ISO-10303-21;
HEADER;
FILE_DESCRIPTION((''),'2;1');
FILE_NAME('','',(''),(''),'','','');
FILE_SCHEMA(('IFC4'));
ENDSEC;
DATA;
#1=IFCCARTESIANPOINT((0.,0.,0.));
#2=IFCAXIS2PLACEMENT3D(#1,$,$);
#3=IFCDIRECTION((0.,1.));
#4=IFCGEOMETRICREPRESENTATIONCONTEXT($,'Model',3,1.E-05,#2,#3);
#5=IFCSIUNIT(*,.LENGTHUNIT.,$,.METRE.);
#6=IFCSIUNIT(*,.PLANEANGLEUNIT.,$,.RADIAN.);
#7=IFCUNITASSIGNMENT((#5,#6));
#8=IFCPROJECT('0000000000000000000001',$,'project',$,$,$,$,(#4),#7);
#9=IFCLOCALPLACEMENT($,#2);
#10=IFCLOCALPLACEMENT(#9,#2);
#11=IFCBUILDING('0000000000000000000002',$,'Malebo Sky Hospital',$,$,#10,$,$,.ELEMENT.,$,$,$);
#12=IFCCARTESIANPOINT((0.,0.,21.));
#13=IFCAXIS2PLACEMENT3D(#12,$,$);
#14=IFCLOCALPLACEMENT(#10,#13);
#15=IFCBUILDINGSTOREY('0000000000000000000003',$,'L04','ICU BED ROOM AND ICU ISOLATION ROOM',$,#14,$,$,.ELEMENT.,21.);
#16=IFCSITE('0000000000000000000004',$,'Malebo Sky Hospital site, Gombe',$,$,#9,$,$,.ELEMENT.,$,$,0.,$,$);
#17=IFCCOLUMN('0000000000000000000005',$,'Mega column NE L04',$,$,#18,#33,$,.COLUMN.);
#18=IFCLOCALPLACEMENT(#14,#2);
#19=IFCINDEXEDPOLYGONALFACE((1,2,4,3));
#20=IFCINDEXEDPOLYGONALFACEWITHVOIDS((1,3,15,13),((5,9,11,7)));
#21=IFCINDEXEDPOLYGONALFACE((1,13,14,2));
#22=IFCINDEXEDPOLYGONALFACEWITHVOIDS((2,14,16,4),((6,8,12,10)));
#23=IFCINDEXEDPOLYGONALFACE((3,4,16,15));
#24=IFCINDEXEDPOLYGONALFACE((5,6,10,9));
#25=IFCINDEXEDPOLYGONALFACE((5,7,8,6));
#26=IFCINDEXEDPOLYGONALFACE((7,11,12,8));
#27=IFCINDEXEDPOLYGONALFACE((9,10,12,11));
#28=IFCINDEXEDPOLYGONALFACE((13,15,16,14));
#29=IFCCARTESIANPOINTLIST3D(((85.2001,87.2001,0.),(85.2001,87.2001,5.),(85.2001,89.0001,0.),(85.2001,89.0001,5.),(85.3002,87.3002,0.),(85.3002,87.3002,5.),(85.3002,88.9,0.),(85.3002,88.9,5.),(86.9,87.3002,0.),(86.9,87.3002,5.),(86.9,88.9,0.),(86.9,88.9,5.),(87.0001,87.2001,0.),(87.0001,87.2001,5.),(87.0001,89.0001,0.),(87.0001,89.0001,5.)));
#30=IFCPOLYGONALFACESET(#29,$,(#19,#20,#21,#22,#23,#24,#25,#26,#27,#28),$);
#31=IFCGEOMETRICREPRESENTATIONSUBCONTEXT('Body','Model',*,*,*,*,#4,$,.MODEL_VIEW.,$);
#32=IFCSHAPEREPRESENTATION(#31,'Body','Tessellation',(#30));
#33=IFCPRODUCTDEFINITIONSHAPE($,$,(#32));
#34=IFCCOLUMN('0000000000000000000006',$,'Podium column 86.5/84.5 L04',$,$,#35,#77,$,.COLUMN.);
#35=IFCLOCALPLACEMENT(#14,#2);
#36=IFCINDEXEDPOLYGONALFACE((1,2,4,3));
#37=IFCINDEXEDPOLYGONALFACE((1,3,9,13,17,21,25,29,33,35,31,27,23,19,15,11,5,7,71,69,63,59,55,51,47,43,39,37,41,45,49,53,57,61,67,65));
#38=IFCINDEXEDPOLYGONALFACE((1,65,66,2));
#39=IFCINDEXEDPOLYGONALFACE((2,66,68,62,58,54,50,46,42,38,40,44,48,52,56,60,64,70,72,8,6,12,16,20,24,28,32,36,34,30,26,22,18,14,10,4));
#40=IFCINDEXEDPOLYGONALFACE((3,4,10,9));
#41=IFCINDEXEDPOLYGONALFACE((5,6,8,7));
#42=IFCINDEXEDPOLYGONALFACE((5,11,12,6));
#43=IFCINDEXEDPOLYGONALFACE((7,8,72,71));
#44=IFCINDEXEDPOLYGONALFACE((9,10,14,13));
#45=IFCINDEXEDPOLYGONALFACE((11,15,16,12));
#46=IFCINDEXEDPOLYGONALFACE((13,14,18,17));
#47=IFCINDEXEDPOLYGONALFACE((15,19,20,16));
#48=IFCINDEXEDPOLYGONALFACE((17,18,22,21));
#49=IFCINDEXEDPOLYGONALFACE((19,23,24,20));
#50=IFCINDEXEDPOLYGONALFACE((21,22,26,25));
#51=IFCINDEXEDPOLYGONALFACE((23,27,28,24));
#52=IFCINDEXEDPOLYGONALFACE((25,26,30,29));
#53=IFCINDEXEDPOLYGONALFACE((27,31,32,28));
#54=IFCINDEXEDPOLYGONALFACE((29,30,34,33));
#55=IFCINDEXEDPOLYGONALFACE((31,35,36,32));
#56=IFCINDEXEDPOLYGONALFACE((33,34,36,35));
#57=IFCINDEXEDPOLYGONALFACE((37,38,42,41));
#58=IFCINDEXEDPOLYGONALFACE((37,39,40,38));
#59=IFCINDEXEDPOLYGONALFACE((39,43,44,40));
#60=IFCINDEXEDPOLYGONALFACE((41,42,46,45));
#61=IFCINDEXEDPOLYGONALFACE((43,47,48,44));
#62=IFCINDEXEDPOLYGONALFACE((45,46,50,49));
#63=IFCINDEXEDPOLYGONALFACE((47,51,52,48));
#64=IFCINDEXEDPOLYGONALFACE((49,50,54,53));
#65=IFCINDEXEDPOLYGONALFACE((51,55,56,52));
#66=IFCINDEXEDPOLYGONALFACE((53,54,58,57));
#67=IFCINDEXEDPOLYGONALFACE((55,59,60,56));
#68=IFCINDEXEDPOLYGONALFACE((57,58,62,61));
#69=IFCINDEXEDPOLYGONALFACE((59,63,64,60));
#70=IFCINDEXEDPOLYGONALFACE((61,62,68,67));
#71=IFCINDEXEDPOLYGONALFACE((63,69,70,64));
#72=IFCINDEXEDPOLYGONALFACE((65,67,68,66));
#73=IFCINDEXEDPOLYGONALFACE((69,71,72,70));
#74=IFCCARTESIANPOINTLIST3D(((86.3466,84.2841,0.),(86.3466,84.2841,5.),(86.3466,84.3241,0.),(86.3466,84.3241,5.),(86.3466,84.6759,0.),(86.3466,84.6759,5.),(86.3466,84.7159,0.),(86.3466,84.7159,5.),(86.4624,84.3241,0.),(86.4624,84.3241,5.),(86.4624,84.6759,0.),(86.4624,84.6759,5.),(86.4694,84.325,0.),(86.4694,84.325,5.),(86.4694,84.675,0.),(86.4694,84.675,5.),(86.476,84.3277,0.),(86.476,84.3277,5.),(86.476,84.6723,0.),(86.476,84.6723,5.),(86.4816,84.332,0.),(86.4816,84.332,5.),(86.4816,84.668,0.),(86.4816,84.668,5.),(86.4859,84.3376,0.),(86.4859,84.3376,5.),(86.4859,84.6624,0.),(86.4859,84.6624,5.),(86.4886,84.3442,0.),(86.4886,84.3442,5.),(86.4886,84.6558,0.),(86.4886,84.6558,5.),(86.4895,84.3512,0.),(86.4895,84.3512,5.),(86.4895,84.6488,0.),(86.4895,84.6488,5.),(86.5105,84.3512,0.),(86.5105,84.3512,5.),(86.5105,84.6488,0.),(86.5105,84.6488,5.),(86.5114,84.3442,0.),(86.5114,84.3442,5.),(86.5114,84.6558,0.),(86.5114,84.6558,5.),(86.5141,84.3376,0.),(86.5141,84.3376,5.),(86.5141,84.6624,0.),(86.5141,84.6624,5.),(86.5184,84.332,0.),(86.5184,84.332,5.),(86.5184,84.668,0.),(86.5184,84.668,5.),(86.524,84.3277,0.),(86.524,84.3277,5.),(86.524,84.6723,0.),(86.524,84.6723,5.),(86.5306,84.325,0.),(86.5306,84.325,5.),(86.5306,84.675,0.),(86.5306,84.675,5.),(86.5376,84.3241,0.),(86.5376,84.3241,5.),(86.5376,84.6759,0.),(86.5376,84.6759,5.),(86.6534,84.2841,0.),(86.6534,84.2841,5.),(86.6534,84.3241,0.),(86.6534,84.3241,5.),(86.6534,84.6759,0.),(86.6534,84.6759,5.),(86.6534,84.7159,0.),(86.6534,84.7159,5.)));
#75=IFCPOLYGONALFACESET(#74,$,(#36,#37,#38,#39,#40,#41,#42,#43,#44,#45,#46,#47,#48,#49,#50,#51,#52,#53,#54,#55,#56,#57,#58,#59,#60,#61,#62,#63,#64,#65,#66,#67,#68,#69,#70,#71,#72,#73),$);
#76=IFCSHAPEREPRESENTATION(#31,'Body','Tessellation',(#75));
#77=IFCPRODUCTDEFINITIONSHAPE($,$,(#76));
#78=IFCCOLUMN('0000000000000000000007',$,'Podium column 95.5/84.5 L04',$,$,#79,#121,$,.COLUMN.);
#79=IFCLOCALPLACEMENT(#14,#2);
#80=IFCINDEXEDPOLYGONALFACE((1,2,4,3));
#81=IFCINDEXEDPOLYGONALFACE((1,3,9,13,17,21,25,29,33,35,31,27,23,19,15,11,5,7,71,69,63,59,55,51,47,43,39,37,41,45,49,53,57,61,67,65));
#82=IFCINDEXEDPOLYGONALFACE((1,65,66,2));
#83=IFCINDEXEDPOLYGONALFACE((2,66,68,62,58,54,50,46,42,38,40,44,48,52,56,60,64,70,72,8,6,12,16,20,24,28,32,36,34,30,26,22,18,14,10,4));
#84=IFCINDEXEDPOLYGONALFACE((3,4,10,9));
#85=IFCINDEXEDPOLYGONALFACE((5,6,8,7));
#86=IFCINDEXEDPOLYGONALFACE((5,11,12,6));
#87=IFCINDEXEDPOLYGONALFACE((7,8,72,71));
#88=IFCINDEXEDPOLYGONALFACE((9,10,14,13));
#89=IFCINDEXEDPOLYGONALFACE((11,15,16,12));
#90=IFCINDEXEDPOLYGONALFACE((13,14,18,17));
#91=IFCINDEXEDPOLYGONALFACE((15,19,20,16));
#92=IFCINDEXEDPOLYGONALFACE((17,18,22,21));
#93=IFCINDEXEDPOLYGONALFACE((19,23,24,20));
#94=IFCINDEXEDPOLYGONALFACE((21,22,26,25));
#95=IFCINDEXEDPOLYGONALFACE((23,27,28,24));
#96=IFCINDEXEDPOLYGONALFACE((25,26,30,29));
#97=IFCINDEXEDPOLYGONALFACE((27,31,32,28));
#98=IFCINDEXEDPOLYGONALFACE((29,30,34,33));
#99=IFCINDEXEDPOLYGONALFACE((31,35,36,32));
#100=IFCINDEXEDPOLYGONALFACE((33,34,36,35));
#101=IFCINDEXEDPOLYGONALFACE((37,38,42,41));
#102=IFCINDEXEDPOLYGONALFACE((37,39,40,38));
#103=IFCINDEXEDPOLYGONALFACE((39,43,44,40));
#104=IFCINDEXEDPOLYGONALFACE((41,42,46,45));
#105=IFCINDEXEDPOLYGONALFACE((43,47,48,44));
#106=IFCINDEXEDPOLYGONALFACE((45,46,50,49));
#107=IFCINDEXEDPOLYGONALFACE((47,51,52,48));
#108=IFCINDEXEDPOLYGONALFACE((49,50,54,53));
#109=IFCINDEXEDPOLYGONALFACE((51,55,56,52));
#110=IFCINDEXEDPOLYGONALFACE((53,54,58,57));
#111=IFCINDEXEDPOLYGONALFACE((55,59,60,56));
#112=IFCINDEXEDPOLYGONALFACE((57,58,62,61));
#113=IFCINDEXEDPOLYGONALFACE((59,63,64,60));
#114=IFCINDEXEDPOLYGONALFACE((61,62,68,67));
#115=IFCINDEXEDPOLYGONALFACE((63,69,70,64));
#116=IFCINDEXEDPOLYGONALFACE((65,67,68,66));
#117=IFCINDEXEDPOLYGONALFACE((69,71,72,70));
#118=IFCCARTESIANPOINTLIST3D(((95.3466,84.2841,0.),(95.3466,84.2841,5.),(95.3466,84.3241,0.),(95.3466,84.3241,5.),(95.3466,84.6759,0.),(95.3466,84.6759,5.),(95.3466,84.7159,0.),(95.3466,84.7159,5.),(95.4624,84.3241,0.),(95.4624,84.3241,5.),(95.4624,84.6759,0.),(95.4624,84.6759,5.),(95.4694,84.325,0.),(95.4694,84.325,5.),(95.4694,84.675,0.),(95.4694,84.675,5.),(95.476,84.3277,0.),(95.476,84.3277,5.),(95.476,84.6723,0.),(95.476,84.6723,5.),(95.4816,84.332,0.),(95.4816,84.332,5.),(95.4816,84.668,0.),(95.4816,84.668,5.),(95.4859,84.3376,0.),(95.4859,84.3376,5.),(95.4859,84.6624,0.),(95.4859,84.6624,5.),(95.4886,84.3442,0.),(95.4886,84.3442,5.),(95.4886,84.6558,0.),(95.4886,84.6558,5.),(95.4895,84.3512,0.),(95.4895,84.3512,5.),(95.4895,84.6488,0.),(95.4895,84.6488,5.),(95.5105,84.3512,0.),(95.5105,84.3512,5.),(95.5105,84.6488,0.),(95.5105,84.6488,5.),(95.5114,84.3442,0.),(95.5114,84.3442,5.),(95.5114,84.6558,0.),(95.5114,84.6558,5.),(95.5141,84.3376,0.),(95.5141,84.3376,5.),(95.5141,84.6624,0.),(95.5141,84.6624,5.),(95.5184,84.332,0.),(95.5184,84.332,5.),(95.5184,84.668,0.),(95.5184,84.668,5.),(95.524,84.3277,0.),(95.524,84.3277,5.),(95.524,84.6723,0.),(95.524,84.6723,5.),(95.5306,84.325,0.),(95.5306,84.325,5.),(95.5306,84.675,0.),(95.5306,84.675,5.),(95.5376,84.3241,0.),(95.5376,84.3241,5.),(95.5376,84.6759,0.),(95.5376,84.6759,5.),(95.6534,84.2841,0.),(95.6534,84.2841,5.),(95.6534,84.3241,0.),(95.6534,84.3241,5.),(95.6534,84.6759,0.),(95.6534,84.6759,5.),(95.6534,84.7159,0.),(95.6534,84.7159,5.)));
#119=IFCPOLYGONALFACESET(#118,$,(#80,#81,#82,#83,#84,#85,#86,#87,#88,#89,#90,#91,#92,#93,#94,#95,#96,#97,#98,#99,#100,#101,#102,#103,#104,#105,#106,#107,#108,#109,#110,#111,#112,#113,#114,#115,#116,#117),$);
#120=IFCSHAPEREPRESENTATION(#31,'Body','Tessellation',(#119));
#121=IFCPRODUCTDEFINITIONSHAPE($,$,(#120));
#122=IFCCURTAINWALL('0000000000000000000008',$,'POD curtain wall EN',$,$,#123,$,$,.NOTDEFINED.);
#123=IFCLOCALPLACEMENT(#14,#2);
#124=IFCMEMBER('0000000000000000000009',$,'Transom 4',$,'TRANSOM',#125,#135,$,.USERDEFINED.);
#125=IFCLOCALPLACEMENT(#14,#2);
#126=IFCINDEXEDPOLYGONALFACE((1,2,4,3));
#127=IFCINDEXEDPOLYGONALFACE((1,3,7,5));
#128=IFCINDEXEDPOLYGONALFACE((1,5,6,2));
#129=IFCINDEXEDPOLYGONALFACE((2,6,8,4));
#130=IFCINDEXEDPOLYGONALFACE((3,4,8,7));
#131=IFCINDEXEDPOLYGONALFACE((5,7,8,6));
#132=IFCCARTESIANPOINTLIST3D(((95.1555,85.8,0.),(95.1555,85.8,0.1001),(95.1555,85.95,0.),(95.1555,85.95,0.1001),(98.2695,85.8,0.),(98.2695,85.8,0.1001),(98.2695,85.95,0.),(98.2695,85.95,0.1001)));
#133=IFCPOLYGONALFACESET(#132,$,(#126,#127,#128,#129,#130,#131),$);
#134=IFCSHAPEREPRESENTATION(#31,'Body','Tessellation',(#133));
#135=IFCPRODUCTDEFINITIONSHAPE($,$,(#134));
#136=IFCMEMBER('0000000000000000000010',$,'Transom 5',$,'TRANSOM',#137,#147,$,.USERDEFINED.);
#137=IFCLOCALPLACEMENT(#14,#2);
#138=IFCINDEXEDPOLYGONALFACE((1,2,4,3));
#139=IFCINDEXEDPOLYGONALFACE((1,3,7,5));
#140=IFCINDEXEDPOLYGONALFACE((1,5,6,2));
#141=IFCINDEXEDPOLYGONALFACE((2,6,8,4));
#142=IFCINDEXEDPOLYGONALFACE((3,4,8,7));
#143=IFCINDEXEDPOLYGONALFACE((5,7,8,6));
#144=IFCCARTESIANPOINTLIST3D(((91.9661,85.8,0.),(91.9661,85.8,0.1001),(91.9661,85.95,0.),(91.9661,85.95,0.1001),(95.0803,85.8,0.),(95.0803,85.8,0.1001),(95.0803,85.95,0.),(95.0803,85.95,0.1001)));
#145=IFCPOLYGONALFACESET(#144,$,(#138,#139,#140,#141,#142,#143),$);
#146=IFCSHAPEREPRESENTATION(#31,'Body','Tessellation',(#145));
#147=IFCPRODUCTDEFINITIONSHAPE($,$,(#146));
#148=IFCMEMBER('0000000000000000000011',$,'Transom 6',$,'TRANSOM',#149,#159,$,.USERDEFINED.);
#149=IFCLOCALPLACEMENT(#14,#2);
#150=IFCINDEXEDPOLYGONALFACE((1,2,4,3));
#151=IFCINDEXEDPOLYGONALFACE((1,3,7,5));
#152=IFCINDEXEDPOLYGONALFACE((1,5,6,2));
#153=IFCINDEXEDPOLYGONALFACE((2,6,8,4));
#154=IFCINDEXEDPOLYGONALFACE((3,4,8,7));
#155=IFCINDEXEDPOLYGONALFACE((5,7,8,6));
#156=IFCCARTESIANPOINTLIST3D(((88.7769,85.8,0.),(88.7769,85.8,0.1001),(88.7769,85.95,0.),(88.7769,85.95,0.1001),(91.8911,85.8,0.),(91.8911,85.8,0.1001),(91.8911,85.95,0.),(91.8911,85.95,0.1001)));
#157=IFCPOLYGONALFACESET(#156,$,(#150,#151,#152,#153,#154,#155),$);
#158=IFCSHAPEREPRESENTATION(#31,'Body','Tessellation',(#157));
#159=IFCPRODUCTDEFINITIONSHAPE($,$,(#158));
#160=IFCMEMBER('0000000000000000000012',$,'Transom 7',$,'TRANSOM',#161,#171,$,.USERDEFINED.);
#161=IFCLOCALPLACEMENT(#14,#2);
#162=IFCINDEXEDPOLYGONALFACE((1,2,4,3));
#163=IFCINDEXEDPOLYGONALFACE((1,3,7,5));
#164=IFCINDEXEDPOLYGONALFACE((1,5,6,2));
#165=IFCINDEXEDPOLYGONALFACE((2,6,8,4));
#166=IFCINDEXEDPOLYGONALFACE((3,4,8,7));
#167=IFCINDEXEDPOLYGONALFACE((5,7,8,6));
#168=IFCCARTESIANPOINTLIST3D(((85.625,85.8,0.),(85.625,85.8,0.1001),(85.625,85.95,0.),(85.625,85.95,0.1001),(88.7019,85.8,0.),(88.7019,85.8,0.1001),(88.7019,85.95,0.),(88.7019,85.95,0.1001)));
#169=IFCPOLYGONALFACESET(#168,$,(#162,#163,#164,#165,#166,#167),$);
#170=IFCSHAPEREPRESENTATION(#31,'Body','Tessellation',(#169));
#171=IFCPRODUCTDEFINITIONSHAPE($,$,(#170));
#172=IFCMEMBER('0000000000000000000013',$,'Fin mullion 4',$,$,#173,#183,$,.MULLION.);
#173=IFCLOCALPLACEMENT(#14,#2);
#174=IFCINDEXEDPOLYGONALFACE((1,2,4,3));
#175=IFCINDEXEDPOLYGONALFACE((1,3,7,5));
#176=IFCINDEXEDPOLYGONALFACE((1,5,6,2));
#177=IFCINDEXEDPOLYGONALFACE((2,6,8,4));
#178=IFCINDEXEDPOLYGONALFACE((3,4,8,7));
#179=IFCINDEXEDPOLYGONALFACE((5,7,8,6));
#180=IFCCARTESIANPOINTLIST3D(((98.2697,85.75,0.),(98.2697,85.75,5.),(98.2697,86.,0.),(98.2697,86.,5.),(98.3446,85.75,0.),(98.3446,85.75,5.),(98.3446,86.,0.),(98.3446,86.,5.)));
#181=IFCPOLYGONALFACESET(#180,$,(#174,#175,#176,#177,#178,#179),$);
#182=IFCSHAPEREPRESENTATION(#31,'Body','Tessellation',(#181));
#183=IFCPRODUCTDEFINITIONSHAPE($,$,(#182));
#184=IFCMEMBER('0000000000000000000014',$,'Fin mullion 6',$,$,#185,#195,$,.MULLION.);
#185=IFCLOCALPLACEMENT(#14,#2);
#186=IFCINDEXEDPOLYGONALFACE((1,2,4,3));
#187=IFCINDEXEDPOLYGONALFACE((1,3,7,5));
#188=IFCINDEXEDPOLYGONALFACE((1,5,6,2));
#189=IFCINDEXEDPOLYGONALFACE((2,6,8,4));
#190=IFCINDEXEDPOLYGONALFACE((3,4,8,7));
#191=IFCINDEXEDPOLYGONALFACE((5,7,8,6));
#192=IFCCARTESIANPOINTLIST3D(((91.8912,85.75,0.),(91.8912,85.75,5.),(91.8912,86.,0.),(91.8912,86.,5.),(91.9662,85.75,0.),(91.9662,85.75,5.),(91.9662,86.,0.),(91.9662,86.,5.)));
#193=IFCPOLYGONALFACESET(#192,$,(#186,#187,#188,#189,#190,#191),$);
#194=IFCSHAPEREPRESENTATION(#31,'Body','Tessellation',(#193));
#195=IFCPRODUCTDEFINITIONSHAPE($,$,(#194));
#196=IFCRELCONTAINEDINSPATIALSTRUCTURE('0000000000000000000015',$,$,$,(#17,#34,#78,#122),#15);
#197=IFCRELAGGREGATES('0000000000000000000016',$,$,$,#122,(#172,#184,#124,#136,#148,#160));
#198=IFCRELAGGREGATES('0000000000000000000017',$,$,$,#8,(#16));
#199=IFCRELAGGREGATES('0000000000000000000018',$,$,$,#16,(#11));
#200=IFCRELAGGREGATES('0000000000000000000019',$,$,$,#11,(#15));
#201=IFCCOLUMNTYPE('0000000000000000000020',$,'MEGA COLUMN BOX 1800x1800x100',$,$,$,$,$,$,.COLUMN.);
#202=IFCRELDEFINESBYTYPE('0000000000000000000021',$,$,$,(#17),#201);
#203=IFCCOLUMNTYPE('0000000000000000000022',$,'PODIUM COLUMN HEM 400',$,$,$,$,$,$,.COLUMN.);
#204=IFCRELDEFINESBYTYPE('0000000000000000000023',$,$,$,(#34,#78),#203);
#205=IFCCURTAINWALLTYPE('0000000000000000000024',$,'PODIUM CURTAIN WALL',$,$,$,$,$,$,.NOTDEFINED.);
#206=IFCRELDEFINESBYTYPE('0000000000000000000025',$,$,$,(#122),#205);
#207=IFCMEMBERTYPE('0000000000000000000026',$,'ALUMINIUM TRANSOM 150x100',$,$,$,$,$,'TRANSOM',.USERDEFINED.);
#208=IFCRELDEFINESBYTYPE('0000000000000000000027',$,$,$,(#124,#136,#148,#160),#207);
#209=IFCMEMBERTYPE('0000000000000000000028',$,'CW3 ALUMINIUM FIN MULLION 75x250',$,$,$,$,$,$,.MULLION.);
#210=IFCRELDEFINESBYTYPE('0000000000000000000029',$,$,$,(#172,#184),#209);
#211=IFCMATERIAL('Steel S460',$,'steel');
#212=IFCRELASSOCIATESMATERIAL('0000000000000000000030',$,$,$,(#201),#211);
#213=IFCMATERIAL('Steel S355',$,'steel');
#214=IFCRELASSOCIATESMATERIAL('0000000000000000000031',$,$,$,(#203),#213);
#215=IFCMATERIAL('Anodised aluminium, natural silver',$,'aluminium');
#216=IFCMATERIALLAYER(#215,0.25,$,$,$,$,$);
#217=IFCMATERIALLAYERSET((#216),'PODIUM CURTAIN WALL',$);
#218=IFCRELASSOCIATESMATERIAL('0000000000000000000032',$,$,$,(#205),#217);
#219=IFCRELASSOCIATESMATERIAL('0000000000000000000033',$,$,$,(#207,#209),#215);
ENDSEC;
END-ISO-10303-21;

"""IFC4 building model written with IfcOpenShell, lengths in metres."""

from ifc_helpers import new_model, si_unit, direction, frame, origin, origin_2d, place, context, subcontext, project, spatial, rectangle, hollow_rectangle, i_section, extrude, material, layer, layer_set, material_profile, profile_set, type_object, element, aggregate, save


model = new_model("IFC4")

# Units and contexts
model_context = context("Model", 3, precision=1e-05, world=origin(), true_north=direction((0.0, 1.0)))
body_context = subcontext(model_context, "Body", "Model", "MODEL_VIEW")
ifc_project = project(units=[si_unit("LENGTHUNIT", "METRE"), si_unit("PLANEANGLEUNIT", "RADIAN")], contexts=[model_context])

# Site, building, storey
site_placement = place(None, origin())
site = spatial("IfcSite", under=ifc_project, at=site_placement, Name="Malebo Sky Hospital site, Gombe", CompositionType="ELEMENT", RefElevation=0.0)
building_placement = place(site_placement, origin())
building = spatial("IfcBuilding", under=site, at=building_placement, Name="Malebo Sky Hospital", CompositionType="ELEMENT")
storey_placement = place(building_placement, frame((0.0, 0.0, 21.0)))
storey = spatial("IfcBuildingStorey", under=building, at=storey_placement, Name="L04", Description="ICU BED ROOM AND ICU ISOLATION ROOM", CompositionType="ELEMENT", Elevation=21.0)

# Columns
ifc_material_1 = material(Name="Steel S460", Category="steel")
ifc_material_profile_1 = material_profile(ifc_material_1, hollow_rectangle(XDim=1.8, YDim=1.8, WallThickness=0.1001, at=origin_2d()), Name="BOX 1800x1800x100")
ifc_profile_set_1 = profile_set([ifc_material_profile_1], Name="Steel S460")
column_type_1 = type_object("IfcColumnType", Name="MEGA COLUMN BOX 1800x1800x100", PredefinedType="COLUMN", material=ifc_profile_set_1)
column_placement = place(storey_placement, frame((86.1001, 88.1001, 0.0), z_axis=(0.0, 0.0, 1.0), x_axis=(1.0, 0.0, 0.0)))
element("IfcColumn", 1, at=column_placement, inside=storey, type_object=column_type_1, Name="Mega column NE L04", PredefinedType="COLUMN", context=body_context, shape_type="SweptSolid", body=[
    extrude(hollow_rectangle(XDim=1.8, YDim=1.8, WallThickness=0.1001, at=origin_2d()), origin(), (0.0, 0.0, 1.0), 5.0),
])
ifc_material_2 = material(Name="Steel S355", Category="steel")
ifc_material_profile_2 = material_profile(ifc_material_2, i_section(OverallWidth=0.3069, OverallDepth=0.4319, WebThickness=0.021, FlangeThickness=0.04, FilletRadius=0.0271, at=origin_2d()), Name="HEM 400")
ifc_profile_set_2 = profile_set([ifc_material_profile_2], Name="Steel S355")
column_type_2 = type_object("IfcColumnType", Name="PODIUM COLUMN HEM 400", PredefinedType="COLUMN", material=ifc_profile_set_2)
for number, where, z_axis, x_axis, name in (
    (2, (86.5, 84.5, 0.0), (0.0, 0.0, 1.0), (1.0, 0.0, 0.0), "Podium column 86.5/84.5 L04"),
    (3, (95.5, 84.5, 0.0), (0.0, 0.0, 1.0), (1.0, 0.0, 0.0), "Podium column 95.5/84.5 L04"),
):
    element("IfcColumn", number, at=place(storey_placement, frame(where, z_axis=z_axis, x_axis=x_axis)), inside=storey, type_object=column_type_2, Name=name, PredefinedType="COLUMN", context=body_context, shape_type="SweptSolid", body=[
        extrude(i_section(OverallWidth=0.3069, OverallDepth=0.4319, WebThickness=0.021, FlangeThickness=0.04, FilletRadius=0.0271, at=origin_2d()), origin(), (0.0, 0.0, 1.0), 5.0),
    ])

# Curtain wall, members
ifc_material_3 = material(Name="Anodised aluminium, natural silver", Category="aluminium")
ifc_layer_1 = layer(ifc_material_3, 0.25)
ifc_layer_set_1 = layer_set([ifc_layer_1], Name="PODIUM CURTAIN WALL")
curtain_wall_type = type_object("IfcCurtainWallType", Name="PODIUM CURTAIN WALL", PredefinedType="NOTDEFINED", material=ifc_layer_set_1)
curtain_wall_placement = place(storey_placement, origin())
curtain_wall = element("IfcCurtainWall", 4, at=curtain_wall_placement, inside=storey, type_object=curtain_wall_type, Name="POD curtain wall EN", PredefinedType="NOTDEFINED")
ifc_material_profile_3 = material_profile(ifc_material_3, rectangle(XDim=0.1499, YDim=0.1001, at=origin_2d()), Name="ALUMINIUM TRANSOM 150x100")
ifc_profile_set_3 = profile_set([ifc_material_profile_3], Name="Anodised aluminium, natural silver")
member_type_1 = type_object("IfcMemberType", Name="ALUMINIUM TRANSOM 150x100", ElementType="TRANSOM", PredefinedType="USERDEFINED", material=ifc_profile_set_3)
member_1_placement = place(storey_placement, frame((98.2695, 85.875, 0.05), z_axis=(-1.0, 0.0, 0.0), x_axis=(0.0, -1.0, 0.0)))
member_1 = element("IfcMember", 5, at=member_1_placement, type_object=member_type_1, Name="Transom 4", ObjectType="TRANSOM", PredefinedType="USERDEFINED", context=body_context, shape_type="SweptSolid", body=[
    extrude(rectangle(XDim=0.1499, YDim=0.1001, at=origin_2d()), origin(), (0.0, 0.0, 1.0), 3.114),
])
member_2_placement = place(storey_placement, frame((95.0803, 85.875, 0.05), z_axis=(-1.0, 0.0, 0.0), x_axis=(0.0, -1.0, 0.0)))
member_2 = element("IfcMember", 6, at=member_2_placement, type_object=member_type_1, Name="Transom 5", ObjectType="TRANSOM", PredefinedType="USERDEFINED", context=body_context, shape_type="SweptSolid", body=[
    extrude(rectangle(XDim=0.1499, YDim=0.1001, at=origin_2d()), origin(), (0.0, 0.0, 1.0), 3.1143),
])
member_3_placement = place(storey_placement, frame((91.8911, 85.875, 0.05), z_axis=(-1.0, 0.0, 0.0), x_axis=(0.0, -1.0, 0.0)))
member_3 = element("IfcMember", 7, at=member_3_placement, type_object=member_type_1, Name="Transom 6", ObjectType="TRANSOM", PredefinedType="USERDEFINED", context=body_context, shape_type="SweptSolid", body=[
    extrude(rectangle(XDim=0.1499, YDim=0.1001, at=origin_2d()), origin(), (0.0, 0.0, 1.0), 3.1143),
])
member_4_placement = place(storey_placement, frame((88.7019, 85.875, 0.05), z_axis=(-1.0, 0.0, 0.0), x_axis=(0.0, -1.0, 0.0)))
member_4 = element("IfcMember", 8, at=member_4_placement, type_object=member_type_1, Name="Transom 7", ObjectType="TRANSOM", PredefinedType="USERDEFINED", context=body_context, shape_type="SweptSolid", body=[
    extrude(rectangle(XDim=0.1499, YDim=0.1001, at=origin_2d()), origin(), (0.0, 0.0, 1.0), 3.0769),
])
ifc_material_profile_4 = material_profile(ifc_material_3, rectangle(XDim=0.075, YDim=0.25, at=origin_2d()), Name="CW3 ALUMINIUM FIN MULLION 75x250")
ifc_profile_set_4 = profile_set([ifc_material_profile_4], Name="Anodised aluminium, natural silver")
member_type_2 = type_object("IfcMemberType", Name="CW3 ALUMINIUM FIN MULLION 75x250", PredefinedType="MULLION", material=ifc_profile_set_4)
member_5_placement = place(storey_placement, frame((98.3071, 85.875, 0.0), z_axis=(0.0, 0.0, 1.0), x_axis=(-1.0, 0.0, 0.0)))
member_5 = element("IfcMember", 9, at=member_5_placement, type_object=member_type_2, Name="Fin mullion 4", PredefinedType="MULLION", context=body_context, shape_type="SweptSolid", body=[
    extrude(rectangle(XDim=0.075, YDim=0.25, at=origin_2d()), origin(), (0.0, 0.0, 1.0), 5.0),
])
member_6_placement = place(storey_placement, frame((91.9287, 85.875, 0.0), z_axis=(0.0, 0.0, 1.0), x_axis=(-1.0, 0.0, 0.0)))
member_6 = element("IfcMember", 10, at=member_6_placement, type_object=member_type_2, Name="Fin mullion 6", PredefinedType="MULLION", context=body_context, shape_type="SweptSolid", body=[
    extrude(rectangle(XDim=0.075, YDim=0.25, at=origin_2d()), origin(), (0.0, 0.0, 1.0), 5.0),
])

aggregate(curtain_wall, [member_5, member_6, member_1, member_2, member_3, member_4])

save(model, "model.ifc")
